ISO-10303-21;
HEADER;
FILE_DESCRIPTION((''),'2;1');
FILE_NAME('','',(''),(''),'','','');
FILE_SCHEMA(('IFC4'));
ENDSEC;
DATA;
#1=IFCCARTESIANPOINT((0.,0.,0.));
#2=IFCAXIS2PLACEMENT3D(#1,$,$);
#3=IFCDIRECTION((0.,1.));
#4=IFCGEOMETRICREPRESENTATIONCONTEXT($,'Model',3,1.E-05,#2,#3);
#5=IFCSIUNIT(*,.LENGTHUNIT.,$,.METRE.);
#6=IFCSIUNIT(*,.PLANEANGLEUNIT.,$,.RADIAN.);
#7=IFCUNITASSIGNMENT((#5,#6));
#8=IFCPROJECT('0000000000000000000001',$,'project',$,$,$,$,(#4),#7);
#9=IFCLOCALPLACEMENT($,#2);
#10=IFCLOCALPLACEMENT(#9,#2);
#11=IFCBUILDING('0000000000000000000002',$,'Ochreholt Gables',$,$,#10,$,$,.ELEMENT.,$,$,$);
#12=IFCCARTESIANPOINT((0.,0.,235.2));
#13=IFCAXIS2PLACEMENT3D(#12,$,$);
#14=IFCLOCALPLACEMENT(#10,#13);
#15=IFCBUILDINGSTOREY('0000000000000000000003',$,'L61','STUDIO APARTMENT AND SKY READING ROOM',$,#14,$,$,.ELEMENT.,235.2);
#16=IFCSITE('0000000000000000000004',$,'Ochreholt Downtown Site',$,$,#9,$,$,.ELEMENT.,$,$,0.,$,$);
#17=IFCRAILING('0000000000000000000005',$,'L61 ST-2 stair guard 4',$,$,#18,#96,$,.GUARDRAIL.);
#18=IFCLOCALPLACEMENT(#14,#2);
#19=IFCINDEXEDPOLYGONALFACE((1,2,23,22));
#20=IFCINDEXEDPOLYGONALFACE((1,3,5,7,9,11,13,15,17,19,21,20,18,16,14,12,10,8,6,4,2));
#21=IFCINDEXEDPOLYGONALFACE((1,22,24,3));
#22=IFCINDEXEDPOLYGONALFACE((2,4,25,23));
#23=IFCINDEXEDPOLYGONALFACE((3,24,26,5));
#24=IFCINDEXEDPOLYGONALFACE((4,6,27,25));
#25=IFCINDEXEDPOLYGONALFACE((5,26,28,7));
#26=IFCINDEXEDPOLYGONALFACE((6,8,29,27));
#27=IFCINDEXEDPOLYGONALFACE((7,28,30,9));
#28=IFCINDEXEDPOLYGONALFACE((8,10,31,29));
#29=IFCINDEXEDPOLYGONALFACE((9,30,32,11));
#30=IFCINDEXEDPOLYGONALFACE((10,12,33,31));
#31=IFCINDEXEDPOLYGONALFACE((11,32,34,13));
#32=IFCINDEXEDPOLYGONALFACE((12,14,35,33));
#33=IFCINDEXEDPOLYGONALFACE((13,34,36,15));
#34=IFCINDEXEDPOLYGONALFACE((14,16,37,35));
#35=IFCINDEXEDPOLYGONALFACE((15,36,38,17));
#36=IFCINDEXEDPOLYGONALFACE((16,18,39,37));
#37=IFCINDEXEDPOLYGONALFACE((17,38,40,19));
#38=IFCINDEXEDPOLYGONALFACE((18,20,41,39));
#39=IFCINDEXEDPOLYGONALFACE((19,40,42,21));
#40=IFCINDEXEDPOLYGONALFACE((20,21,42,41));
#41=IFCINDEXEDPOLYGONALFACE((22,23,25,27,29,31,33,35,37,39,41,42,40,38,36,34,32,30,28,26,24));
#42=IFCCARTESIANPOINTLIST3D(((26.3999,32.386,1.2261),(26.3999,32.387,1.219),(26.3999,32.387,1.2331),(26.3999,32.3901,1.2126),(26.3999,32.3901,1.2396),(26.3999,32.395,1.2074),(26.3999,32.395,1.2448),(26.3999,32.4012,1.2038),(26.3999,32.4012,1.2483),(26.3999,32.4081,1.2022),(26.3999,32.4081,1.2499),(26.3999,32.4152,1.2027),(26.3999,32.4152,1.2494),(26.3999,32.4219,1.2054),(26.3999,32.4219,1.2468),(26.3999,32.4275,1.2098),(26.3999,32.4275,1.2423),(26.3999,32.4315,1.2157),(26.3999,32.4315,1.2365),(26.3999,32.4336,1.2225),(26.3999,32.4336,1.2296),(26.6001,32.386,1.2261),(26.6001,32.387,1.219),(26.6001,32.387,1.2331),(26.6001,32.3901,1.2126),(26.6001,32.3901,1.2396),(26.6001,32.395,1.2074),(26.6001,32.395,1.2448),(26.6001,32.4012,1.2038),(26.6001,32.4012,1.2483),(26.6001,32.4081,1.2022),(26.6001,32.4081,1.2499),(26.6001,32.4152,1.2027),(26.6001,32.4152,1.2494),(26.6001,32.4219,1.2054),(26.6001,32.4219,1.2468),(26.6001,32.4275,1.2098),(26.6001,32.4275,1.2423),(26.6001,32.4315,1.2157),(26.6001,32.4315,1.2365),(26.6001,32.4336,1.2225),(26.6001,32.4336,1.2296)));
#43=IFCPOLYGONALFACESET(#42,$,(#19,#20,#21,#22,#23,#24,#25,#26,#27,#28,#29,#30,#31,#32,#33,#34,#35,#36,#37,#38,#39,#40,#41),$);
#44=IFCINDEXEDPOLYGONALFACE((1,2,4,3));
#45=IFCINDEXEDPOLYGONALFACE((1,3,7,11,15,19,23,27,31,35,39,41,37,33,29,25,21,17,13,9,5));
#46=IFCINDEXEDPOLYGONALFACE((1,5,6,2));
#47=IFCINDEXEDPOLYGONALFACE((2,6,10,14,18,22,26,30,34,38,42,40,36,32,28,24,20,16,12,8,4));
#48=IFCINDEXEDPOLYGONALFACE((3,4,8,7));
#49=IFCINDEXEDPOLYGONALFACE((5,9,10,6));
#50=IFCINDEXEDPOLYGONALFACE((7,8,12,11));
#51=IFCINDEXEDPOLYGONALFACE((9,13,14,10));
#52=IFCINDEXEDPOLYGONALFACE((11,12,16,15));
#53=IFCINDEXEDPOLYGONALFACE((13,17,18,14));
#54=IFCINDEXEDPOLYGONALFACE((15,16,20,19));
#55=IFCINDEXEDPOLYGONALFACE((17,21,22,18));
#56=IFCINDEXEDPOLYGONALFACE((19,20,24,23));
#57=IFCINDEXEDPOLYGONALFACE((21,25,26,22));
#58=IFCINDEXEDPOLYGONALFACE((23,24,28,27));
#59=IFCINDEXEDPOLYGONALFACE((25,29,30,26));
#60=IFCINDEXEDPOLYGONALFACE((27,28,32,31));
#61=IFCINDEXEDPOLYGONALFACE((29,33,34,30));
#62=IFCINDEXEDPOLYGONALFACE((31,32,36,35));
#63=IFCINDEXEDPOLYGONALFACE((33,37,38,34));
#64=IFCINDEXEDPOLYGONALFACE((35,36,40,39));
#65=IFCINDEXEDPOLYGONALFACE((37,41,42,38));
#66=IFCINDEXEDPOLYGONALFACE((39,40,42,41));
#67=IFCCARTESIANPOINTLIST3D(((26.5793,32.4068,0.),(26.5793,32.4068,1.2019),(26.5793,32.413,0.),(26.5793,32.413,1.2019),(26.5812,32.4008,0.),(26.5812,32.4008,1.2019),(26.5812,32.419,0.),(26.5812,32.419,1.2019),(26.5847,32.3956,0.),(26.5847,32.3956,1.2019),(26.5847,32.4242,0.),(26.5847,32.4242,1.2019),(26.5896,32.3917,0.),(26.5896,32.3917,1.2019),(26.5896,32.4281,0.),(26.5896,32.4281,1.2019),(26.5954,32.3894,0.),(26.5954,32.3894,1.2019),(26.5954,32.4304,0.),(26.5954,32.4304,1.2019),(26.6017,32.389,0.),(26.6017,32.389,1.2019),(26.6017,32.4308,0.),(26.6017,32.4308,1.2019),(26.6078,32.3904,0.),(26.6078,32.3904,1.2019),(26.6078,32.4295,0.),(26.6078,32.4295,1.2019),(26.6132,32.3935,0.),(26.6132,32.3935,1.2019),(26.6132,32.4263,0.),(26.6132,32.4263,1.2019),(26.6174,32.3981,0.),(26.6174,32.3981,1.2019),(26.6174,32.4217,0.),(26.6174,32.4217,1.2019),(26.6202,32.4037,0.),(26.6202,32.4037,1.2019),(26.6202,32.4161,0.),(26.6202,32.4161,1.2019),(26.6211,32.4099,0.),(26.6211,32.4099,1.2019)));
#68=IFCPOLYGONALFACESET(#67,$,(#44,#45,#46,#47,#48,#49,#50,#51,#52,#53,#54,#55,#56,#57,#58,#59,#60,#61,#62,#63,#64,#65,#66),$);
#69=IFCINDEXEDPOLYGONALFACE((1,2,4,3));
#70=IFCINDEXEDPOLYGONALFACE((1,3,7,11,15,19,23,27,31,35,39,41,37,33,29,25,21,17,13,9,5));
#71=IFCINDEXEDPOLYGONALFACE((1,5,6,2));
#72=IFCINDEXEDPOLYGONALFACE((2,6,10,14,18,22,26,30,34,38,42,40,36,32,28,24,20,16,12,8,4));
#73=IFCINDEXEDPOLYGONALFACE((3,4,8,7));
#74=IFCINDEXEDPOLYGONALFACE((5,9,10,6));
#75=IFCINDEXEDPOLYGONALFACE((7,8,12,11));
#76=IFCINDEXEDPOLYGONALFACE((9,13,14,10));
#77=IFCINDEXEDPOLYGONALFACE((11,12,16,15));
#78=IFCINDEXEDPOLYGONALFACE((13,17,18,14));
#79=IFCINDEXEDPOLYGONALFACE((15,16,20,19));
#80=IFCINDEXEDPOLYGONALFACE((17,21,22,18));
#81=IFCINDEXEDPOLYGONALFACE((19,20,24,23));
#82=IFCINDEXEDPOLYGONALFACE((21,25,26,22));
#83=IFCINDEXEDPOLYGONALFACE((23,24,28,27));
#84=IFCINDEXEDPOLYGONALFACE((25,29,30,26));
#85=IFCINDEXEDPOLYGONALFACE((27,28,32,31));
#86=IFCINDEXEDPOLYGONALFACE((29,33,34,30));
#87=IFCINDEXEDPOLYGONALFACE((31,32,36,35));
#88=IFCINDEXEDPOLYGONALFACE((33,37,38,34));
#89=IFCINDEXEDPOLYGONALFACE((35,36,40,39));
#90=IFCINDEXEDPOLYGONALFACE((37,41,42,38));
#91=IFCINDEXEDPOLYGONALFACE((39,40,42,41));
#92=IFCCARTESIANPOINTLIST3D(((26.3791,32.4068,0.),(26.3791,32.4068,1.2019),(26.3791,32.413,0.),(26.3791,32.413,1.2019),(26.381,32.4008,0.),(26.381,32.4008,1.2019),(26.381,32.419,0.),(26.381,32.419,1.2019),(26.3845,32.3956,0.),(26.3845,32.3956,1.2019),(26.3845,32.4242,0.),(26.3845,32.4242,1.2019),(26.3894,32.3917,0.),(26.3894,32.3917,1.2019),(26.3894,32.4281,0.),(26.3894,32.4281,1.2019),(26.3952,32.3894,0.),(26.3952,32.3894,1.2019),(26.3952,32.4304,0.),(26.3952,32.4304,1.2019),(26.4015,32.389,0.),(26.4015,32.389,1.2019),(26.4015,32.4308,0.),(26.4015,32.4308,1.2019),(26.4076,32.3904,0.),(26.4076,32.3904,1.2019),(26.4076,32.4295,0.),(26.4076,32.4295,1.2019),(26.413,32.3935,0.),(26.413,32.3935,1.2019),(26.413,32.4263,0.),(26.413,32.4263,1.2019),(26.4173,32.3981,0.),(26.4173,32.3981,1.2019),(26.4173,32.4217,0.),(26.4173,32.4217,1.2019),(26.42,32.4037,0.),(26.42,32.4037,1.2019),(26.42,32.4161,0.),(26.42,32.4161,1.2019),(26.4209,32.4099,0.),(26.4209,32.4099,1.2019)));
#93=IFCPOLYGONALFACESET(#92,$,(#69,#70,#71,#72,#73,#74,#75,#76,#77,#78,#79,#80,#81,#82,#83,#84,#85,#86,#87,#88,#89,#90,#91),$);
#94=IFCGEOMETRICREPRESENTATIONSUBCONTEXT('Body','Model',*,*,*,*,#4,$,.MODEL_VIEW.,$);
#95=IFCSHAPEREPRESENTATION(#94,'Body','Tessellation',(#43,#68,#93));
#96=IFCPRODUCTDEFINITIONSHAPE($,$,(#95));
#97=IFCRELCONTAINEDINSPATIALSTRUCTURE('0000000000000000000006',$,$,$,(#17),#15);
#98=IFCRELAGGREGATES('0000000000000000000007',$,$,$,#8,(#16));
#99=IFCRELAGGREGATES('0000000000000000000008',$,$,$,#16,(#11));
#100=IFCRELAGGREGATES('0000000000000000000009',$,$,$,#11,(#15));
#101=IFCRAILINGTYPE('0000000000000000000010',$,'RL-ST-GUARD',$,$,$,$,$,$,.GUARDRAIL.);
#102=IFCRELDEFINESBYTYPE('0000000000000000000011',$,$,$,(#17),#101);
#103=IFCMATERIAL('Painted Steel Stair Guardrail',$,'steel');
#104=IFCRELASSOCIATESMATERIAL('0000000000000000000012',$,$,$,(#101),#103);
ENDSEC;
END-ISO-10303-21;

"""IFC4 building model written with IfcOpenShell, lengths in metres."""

from ifc_helpers import new_model, si_unit, direction, frame, origin, origin_2d, place, context, subcontext, project, spatial, circle, extrude, material, type_object, element, save


model = new_model("IFC4")

# Units and contexts
model_context = context("Model", 3, precision=1e-05, world=origin(), true_north=direction((0.0, 1.0)))
body_context = subcontext(model_context, "Body", "Model", "MODEL_VIEW")
ifc_project = project(units=[si_unit("LENGTHUNIT", "METRE"), si_unit("PLANEANGLEUNIT", "RADIAN")], contexts=[model_context])

# Site, building, storey
site_placement = place(None, origin())
site = spatial("IfcSite", under=ifc_project, at=site_placement, Name="Ochreholt Downtown Site", CompositionType="ELEMENT", RefElevation=0.0)
building_placement = place(site_placement, origin())
building = spatial("IfcBuilding", under=site, at=building_placement, Name="Ochreholt Gables", CompositionType="ELEMENT")
storey_placement = place(building_placement, frame((0.0, 0.0, 235.2)))
storey = spatial("IfcBuildingStorey", under=building, at=storey_placement, Name="L61", Description="STUDIO APARTMENT AND SKY READING ROOM", CompositionType="ELEMENT", Elevation=235.2)

# Railing
ifc_material_1 = material(Name="Painted Steel Stair Guardrail", Category="steel")
railing_type_1 = type_object("IfcRailingType", Name="RL-ST-GUARD", PredefinedType="GUARDRAIL", material=ifc_material_1)
railing_1_placement = place(storey_placement, frame((26.6001, 32.4099, 0.0)))
element("IfcRailing", 1, at=railing_1_placement, inside=storey, type_object=railing_type_1, Name="L61 ST-2 stair guard 4", PredefinedType="GUARDRAIL", context=body_context, shape_type="SweptSolid", body=[
    extrude(circle(Radius=0.0239, at=origin_2d()), frame((0.0, 0.0, 1.2261), z_axis=(-1.0, 0.0, 0.0), x_axis=(0.0, -1.0, 0.0)), (0.0, 0.0, 1.0), 0.2002),
    extrude(circle(Radius=0.021, at=origin_2d()), origin(), (0.0, 0.0, 1.0), 1.2019),
    extrude(circle(Radius=0.021, at=origin_2d()), frame((-0.2002, 0.0, 0.0)), (0.0, 0.0, 1.0), 1.2019),
])

save(model, "model.ifc")
